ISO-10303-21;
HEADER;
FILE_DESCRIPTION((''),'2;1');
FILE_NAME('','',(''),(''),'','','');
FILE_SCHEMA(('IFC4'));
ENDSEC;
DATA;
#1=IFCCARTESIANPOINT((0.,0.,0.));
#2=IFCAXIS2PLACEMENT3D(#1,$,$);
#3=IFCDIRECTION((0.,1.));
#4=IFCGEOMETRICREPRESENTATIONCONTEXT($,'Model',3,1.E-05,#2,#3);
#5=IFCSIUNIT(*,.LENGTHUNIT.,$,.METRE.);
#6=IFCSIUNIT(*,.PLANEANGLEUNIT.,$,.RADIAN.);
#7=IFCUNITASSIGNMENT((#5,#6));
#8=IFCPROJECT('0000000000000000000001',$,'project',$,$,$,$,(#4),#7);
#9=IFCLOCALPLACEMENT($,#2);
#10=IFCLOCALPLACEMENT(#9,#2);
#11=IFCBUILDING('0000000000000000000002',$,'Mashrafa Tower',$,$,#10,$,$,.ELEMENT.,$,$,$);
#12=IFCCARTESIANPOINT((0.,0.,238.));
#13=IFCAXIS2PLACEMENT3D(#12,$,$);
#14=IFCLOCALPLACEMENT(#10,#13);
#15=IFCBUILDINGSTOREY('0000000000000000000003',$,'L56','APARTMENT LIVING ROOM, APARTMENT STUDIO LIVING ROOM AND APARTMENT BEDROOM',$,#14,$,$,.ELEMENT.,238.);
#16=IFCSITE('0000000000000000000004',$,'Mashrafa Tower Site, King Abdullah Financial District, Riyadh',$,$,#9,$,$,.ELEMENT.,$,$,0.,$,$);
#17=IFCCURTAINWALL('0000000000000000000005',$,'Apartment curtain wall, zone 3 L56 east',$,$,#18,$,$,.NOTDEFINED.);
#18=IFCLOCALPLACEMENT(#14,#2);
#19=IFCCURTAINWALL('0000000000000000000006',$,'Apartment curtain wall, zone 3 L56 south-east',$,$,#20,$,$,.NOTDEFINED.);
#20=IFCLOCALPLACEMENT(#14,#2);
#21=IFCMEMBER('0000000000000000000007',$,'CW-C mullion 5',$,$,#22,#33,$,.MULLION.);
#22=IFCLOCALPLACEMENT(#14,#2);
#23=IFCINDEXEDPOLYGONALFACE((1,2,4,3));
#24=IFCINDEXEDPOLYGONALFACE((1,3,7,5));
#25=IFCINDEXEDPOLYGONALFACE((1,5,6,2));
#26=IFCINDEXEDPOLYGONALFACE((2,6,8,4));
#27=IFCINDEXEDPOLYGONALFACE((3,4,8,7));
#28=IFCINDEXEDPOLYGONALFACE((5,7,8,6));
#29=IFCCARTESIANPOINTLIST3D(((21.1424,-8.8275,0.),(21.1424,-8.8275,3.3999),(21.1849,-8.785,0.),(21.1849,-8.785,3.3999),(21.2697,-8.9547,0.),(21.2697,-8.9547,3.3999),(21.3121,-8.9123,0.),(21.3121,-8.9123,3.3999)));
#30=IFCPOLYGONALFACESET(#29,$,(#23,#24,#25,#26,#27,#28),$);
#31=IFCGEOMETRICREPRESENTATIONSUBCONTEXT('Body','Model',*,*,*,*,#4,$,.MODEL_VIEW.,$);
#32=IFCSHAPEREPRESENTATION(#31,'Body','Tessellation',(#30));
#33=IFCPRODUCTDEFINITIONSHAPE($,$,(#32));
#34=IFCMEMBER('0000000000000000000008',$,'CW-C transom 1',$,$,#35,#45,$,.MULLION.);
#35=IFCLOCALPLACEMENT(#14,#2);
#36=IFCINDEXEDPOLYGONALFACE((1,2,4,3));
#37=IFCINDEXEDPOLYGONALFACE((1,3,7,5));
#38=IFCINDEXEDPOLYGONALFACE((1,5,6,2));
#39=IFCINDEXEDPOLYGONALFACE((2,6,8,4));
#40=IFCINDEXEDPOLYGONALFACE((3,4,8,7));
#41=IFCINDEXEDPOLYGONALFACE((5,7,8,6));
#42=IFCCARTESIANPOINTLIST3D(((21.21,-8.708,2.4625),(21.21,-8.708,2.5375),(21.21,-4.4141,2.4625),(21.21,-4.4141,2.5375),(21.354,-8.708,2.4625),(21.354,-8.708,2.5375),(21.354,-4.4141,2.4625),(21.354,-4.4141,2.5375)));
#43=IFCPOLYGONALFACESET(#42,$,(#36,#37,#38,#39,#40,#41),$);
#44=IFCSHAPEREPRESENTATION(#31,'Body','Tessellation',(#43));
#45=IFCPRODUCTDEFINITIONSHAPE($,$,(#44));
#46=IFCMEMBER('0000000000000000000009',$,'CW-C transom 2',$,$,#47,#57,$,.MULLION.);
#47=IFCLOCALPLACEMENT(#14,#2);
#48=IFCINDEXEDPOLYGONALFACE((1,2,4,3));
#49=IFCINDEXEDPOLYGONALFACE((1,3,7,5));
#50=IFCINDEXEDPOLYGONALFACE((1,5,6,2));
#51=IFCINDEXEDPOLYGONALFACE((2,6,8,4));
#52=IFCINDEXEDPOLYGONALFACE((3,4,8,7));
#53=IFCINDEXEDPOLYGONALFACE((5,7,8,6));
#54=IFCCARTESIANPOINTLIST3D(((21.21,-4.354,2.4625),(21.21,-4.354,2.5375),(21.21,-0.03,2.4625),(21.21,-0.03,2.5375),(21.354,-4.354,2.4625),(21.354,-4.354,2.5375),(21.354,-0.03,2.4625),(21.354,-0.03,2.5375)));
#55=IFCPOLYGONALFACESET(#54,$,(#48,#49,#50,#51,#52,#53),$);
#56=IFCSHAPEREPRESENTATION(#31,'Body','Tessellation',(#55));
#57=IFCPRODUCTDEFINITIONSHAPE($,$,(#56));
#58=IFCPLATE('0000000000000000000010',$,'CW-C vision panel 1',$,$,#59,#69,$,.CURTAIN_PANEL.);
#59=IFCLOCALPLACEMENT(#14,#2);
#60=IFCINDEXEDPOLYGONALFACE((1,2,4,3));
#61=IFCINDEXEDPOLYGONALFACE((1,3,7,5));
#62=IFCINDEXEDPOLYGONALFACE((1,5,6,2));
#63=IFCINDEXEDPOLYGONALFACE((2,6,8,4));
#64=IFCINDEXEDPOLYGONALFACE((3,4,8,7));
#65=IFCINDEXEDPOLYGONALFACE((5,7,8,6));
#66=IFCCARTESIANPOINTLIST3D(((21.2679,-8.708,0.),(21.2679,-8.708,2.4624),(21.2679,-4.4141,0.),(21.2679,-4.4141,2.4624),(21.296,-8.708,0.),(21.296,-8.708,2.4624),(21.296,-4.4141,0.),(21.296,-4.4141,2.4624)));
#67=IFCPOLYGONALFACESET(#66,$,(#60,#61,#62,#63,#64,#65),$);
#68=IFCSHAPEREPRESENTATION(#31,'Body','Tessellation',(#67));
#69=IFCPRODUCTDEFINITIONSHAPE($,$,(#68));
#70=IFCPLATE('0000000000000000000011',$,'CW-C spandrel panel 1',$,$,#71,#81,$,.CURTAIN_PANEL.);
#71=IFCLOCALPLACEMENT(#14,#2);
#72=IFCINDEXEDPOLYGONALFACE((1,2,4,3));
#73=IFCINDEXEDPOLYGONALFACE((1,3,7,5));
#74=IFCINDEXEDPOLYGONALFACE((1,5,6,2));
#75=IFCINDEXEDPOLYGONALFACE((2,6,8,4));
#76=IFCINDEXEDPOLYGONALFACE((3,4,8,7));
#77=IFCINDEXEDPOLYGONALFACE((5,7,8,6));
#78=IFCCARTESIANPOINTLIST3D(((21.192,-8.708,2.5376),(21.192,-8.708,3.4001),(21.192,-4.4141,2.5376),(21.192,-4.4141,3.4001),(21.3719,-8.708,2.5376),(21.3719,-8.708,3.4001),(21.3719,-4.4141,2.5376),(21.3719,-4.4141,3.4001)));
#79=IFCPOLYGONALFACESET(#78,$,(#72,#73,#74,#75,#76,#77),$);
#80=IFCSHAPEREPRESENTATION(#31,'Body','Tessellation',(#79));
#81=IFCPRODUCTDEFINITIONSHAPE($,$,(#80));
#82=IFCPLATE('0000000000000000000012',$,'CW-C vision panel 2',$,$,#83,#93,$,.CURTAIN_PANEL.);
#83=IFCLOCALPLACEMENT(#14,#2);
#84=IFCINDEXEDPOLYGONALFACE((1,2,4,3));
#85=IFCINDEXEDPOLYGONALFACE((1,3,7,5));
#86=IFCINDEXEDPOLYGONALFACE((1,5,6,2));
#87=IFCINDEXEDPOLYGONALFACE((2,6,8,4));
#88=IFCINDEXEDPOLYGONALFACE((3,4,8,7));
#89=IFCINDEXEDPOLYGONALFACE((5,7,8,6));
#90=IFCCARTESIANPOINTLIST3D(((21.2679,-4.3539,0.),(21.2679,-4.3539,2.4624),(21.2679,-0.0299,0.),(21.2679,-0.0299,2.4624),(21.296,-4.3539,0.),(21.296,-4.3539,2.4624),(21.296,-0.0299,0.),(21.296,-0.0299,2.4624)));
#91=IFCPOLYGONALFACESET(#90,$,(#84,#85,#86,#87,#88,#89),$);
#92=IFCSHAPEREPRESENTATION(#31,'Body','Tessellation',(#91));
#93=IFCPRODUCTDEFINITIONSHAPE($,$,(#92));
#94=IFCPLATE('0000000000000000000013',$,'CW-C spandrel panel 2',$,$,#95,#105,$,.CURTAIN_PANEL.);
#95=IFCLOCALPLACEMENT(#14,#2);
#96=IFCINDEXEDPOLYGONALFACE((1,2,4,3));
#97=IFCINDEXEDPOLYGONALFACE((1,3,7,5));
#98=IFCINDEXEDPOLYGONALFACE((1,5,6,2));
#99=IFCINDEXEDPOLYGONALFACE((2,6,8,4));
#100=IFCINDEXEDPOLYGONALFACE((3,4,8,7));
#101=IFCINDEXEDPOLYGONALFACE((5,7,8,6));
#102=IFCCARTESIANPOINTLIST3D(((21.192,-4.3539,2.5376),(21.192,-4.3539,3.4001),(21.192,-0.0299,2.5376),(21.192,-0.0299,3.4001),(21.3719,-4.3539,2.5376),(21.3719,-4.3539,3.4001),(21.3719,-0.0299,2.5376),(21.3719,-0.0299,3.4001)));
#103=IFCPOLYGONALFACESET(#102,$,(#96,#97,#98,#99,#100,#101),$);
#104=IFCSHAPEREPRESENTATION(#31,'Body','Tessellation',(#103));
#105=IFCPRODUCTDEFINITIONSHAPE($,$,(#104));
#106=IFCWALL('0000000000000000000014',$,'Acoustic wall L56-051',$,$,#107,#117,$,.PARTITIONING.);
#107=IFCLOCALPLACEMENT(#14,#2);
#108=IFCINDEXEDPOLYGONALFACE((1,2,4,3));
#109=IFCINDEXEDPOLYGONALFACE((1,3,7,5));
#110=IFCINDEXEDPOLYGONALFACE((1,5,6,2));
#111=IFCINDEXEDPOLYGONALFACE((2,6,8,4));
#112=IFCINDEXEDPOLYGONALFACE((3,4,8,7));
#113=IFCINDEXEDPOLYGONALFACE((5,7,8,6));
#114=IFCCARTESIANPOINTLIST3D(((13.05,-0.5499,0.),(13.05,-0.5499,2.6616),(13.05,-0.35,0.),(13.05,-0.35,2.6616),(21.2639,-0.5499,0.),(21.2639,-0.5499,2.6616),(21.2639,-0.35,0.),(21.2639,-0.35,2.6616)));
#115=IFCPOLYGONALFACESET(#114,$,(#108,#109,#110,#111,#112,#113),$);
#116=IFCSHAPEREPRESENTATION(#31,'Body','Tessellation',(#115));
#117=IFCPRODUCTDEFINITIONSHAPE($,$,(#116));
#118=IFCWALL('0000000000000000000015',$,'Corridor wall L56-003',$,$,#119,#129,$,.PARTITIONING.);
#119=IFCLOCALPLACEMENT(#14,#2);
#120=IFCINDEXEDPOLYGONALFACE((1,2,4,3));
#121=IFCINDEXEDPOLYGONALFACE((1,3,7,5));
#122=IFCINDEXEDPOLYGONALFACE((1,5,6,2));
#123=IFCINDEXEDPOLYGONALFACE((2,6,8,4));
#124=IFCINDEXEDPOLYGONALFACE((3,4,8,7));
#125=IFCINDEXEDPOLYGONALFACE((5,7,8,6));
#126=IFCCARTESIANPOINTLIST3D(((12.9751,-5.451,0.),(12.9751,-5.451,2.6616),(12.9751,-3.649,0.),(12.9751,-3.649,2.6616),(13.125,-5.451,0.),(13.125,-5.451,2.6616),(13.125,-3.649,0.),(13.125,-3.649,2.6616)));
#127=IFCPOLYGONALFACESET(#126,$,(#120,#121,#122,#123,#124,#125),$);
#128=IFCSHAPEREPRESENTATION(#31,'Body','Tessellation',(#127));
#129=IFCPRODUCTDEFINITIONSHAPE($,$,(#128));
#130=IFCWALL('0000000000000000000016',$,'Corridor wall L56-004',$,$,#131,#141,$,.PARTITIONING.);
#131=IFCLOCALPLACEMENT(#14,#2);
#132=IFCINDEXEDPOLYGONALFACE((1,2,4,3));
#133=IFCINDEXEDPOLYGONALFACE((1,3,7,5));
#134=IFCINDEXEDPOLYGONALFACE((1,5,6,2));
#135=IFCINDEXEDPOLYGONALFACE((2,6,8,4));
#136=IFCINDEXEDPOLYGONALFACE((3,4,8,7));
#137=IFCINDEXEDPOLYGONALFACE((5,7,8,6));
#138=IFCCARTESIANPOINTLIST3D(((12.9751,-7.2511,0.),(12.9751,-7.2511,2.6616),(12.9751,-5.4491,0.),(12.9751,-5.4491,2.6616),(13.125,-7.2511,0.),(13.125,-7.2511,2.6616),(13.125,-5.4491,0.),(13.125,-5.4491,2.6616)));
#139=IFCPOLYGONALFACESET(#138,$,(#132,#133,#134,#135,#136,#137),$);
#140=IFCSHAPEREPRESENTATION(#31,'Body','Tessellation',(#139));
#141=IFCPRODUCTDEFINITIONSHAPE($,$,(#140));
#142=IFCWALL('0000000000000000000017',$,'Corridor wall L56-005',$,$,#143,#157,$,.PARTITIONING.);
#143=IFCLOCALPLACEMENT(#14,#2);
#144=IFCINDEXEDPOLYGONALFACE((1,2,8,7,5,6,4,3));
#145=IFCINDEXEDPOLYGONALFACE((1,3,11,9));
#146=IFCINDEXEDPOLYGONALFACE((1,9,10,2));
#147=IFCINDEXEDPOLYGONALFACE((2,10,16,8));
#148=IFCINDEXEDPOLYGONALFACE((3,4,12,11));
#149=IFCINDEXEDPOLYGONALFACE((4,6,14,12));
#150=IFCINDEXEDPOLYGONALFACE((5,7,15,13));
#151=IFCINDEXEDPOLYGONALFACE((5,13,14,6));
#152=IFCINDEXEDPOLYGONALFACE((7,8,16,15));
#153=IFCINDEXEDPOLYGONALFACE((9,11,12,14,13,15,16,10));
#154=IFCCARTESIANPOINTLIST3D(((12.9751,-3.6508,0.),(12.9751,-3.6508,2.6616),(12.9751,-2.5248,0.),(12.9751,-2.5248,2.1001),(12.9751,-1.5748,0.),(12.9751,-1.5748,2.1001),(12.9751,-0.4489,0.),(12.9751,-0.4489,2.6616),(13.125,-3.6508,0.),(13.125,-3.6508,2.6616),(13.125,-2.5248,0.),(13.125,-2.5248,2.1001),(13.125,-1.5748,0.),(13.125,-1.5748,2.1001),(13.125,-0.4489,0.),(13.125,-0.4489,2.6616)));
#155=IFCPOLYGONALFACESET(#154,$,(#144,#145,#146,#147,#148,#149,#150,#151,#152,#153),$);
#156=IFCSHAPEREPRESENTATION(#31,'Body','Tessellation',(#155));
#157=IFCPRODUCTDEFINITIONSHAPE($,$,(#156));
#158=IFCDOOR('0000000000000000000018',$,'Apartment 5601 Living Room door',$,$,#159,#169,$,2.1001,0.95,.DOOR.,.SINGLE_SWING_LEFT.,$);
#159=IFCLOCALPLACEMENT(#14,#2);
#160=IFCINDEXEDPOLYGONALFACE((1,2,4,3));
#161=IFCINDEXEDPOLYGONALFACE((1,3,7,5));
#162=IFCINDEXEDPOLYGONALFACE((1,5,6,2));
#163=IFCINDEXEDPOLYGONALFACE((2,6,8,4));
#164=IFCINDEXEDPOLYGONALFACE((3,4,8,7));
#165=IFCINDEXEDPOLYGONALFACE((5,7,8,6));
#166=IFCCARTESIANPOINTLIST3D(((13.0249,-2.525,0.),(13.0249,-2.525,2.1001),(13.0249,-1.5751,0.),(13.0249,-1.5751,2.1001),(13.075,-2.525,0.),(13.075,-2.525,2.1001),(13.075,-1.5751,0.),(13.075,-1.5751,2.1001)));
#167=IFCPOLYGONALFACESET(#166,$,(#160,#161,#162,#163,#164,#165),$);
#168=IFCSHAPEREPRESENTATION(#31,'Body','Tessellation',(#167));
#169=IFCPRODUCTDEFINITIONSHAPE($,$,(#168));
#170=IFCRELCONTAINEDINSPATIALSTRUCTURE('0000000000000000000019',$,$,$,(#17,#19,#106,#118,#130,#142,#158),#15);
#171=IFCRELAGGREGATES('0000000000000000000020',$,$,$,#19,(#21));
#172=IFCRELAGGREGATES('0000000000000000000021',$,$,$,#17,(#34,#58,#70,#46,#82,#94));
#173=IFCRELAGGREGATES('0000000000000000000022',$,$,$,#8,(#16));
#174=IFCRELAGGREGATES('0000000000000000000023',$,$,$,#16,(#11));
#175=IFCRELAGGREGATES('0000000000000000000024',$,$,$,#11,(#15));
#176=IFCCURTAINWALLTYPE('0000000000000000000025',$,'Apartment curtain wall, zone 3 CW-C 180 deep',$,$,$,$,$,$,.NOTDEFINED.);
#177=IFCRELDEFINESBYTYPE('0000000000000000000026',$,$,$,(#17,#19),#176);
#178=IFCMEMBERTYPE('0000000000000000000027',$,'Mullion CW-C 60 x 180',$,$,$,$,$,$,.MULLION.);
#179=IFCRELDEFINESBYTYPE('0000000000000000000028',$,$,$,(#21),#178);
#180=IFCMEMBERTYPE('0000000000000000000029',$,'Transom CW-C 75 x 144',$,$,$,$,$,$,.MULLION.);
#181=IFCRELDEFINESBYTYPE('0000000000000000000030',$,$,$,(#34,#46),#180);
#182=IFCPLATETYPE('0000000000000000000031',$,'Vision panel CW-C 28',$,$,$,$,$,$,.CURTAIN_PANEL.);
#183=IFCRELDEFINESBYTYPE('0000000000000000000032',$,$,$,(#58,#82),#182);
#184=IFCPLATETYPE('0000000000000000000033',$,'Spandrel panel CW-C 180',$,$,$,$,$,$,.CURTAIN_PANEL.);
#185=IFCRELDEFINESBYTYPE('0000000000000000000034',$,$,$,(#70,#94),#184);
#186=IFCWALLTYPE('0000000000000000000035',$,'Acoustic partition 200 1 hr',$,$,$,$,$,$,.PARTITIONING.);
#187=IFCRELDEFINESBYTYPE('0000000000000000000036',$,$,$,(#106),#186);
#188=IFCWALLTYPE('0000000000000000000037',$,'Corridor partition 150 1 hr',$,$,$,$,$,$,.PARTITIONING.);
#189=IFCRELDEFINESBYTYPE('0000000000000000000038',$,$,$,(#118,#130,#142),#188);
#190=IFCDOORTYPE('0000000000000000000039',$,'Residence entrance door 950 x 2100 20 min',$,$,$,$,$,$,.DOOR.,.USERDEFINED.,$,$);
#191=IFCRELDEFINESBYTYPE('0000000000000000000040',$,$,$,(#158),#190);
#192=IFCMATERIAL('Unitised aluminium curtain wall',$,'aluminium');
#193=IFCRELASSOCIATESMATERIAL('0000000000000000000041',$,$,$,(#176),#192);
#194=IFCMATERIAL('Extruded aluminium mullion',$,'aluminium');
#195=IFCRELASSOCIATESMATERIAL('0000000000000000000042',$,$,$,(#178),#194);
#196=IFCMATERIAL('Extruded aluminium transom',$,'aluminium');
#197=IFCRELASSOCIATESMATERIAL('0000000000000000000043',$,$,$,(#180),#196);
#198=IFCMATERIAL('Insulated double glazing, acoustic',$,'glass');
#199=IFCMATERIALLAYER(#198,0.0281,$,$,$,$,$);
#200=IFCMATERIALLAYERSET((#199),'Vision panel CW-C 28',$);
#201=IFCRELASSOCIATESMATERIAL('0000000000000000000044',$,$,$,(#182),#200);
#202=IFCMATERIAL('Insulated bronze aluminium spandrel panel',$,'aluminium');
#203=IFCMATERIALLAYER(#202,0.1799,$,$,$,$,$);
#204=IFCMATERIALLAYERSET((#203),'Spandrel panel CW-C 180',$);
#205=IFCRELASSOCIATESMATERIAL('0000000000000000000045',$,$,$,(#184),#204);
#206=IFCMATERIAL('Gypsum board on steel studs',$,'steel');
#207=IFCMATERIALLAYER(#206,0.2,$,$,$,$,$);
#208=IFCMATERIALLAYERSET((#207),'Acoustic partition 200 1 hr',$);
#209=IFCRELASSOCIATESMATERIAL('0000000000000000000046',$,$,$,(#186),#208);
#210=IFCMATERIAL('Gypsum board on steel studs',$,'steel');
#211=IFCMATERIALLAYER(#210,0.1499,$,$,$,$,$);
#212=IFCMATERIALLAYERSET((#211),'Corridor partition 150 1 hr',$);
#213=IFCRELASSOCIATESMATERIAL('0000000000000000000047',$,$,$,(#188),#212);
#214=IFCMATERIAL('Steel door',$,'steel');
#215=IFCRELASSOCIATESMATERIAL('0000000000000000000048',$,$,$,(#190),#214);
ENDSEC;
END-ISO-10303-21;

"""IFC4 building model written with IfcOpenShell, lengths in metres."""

from ifc_helpers import new_model, si_unit, direction, frame, frame_2d, origin, origin_2d, place, context, subcontext, project, spatial, rectangle, extrude, source, transform, mapped, material, layer, layer_set, material_profile, profile_set, type_object, type_shapes, element, fill, aggregate, save


model = new_model("IFC4")

# Units and contexts
model_context = context("Model", 3, precision=1e-05, world=origin(), true_north=direction((0.0, 1.0)))
body_context = subcontext(model_context, "Body", "Model", "MODEL_VIEW")
ifc_project = project(units=[si_unit("LENGTHUNIT", "METRE"), si_unit("PLANEANGLEUNIT", "RADIAN")], contexts=[model_context])

# Site, building, storey
site_placement = place(None, origin())
site = spatial("IfcSite", under=ifc_project, at=site_placement, Name="Mashrafa Tower Site, King Abdullah Financial District, Riyadh", CompositionType="ELEMENT", RefElevation=0.0)
building_placement = place(site_placement, origin())
building = spatial("IfcBuilding", under=site, at=building_placement, Name="Mashrafa Tower", CompositionType="ELEMENT")
storey_placement = place(building_placement, frame((0.0, 0.0, 238.0)))
storey = spatial("IfcBuildingStorey", under=building, at=storey_placement, Name="L56", Description="APARTMENT LIVING ROOM, APARTMENT STUDIO LIVING ROOM AND APARTMENT BEDROOM", CompositionType="ELEMENT", Elevation=238.0)

# Curtain wall
ifc_material_1 = material(Name="Unitised aluminium curtain wall", Category="aluminium")
curtain_wall_type = type_object("IfcCurtainWallType", Name="Apartment curtain wall, zone 3 CW-C 180 deep", PredefinedType="NOTDEFINED", material=ifc_material_1)
curtain_wall_1_placement = place(storey_placement, origin())
curtain_wall_1 = element("IfcCurtainWall", 1, at=curtain_wall_1_placement, inside=storey, type_object=curtain_wall_type, Name="Apartment curtain wall, zone 3 L56 east", PredefinedType="NOTDEFINED")
ifc_material_2 = material(Name="Extruded aluminium mullion", Category="aluminium")
ifc_material_profile_1 = material_profile(ifc_material_2, rectangle(XDim=0.1799, YDim=0.0601, at=origin_2d()), Name="Mullion 60x180")
ifc_profile_set_1 = profile_set([ifc_material_profile_1], Name="Extruded aluminium mullion")
member_type_1 = type_object("IfcMemberType", Name="Mullion CW-C 60 x 180", PredefinedType="MULLION", material=ifc_profile_set_1)
shared_shape_1 = source(origin(), body_context, "Body", "SweptSolid", [
    extrude(rectangle(XDim=0.1799, YDim=0.0601, at=origin_2d()), origin(), (0.0, 0.0, 1.0), 3.3999),
])
type_shapes(member_type_1, [shared_shape_1])

# Curtain wall, member
curtain_wall_2_placement = place(storey_placement, origin())
curtain_wall_2 = element("IfcCurtainWall", 2, at=curtain_wall_2_placement, inside=storey, type_object=curtain_wall_type, Name="Apartment curtain wall, zone 3 L56 south-east", PredefinedType="NOTDEFINED")
member_1_placement = place(storey_placement, frame((21.2273, -8.8699, 0.0), z_axis=(0.0, 0.0, 1.0), x_axis=(-0.707107, 0.707107, 0.0)))
member_1 = element("IfcMember", 3, at=member_1_placement, type_object=member_type_1, Name="CW-C mullion 5", PredefinedType="MULLION", context=body_context, shape_type="MappedRepresentation", body=[
    mapped(shared_shape_1, transform((0.0, 0.0, 0.0))),
])
aggregate(curtain_wall_2, [member_1])

# Members
ifc_material_3 = material(Name="Extruded aluminium transom", Category="aluminium")
ifc_material_profile_2 = material_profile(ifc_material_3, rectangle(XDim=0.144, YDim=0.075, at=origin_2d()), Name="Transom 75x144")
ifc_profile_set_2 = profile_set([ifc_material_profile_2], Name="Extruded aluminium transom")
member_type_2 = type_object("IfcMemberType", Name="Transom CW-C 75 x 144", PredefinedType="MULLION", material=ifc_profile_set_2)
shared_shape_2 = source(origin(), body_context, "Body", "SweptSolid", [
    extrude(rectangle(XDim=0.144, YDim=0.075, at=origin_2d()), origin(), (0.0, 0.0, 1.0), 4.2939),
])
member_2_placement = place(storey_placement, frame((21.282, -8.708, 2.5), z_axis=(0.0, 1.0, 0.0), x_axis=(-1.0, 0.0, 0.0)))
member_2 = element("IfcMember", 4, at=member_2_placement, type_object=member_type_2, Name="CW-C transom 1", PredefinedType="MULLION", context=body_context, shape_type="MappedRepresentation", body=[
    mapped(shared_shape_2, transform((0.0, 0.0, 0.0))),
])
shared_shape_3 = source(origin(), body_context, "Body", "SweptSolid", [
    extrude(rectangle(XDim=0.144, YDim=0.075, at=origin_2d()), origin(), (0.0, 0.0, 1.0), 4.324),
])
type_shapes(member_type_2, [shared_shape_2, shared_shape_3])
member_3_placement = place(storey_placement, frame((21.282, -4.354, 2.5), z_axis=(0.0, 1.0, 0.0), x_axis=(-1.0, 0.0, 0.0)))
member_3 = element("IfcMember", 5, at=member_3_placement, type_object=member_type_2, Name="CW-C transom 2", PredefinedType="MULLION", context=body_context, shape_type="MappedRepresentation", body=[
    mapped(shared_shape_3, transform((0.0, 0.0, 0.0))),
])

# Plates
ifc_material_4 = material(Name="Insulated double glazing, acoustic", Category="glass")
ifc_layer_1 = layer(ifc_material_4, 0.0281)
ifc_layer_set_1 = layer_set([ifc_layer_1], Name="Vision panel CW-C 28")
plate_type_1 = type_object("IfcPlateType", Name="Vision panel CW-C 28", PredefinedType="CURTAIN_PANEL", material=ifc_layer_set_1)
shared_shape_4 = source(origin(), body_context, "Body", "SweptSolid", [
    extrude(rectangle(XDim=4.2939, YDim=0.0281, at=origin_2d()), origin(), (0.0, 0.0, 1.0), 2.4624),
])
plate_1_placement = place(storey_placement, frame((21.282, -6.561, 0.0), z_axis=(0.0, 0.0, 1.0), x_axis=(0.0, 1.0, 0.0)))
plate_1 = element("IfcPlate", 6, at=plate_1_placement, type_object=plate_type_1, Name="CW-C vision panel 1", PredefinedType="CURTAIN_PANEL", context=body_context, shape_type="MappedRepresentation", body=[
    mapped(shared_shape_4, transform((0.0, 0.0, 0.0))),
])
ifc_material_5 = material(Name="Insulated bronze aluminium spandrel panel", Category="aluminium")
ifc_layer_2 = layer(ifc_material_5, 0.1799)
ifc_layer_set_2 = layer_set([ifc_layer_2], Name="Spandrel panel CW-C 180")
plate_type_2 = type_object("IfcPlateType", Name="Spandrel panel CW-C 180", PredefinedType="CURTAIN_PANEL", material=ifc_layer_set_2)
shared_shape_5 = source(origin(), body_context, "Body", "SweptSolid", [
    extrude(rectangle(XDim=4.2939, YDim=0.1799, at=origin_2d()), origin(), (0.0, 0.0, 1.0), 0.8625),
])
plate_2_placement = place(storey_placement, frame((21.282, -6.561, 2.5376), z_axis=(0.0, 0.0, 1.0), x_axis=(0.0, 1.0, 0.0)))
plate_2 = element("IfcPlate", 7, at=plate_2_placement, type_object=plate_type_2, Name="CW-C spandrel panel 1", PredefinedType="CURTAIN_PANEL", context=body_context, shape_type="MappedRepresentation", body=[
    mapped(shared_shape_5, transform((0.0, 0.0, 0.0))),
])
shared_shape_6 = source(origin(), body_context, "Body", "SweptSolid", [
    extrude(rectangle(XDim=4.324, YDim=0.0281, at=origin_2d()), origin(), (0.0, 0.0, 1.0), 2.4624),
])
type_shapes(plate_type_1, [shared_shape_4, shared_shape_6])
plate_3_placement = place(storey_placement, frame((21.282, -2.1919, 0.0), z_axis=(0.0, 0.0, 1.0), x_axis=(0.0, 1.0, 0.0)))
plate_3 = element("IfcPlate", 8, at=plate_3_placement, type_object=plate_type_1, Name="CW-C vision panel 2", PredefinedType="CURTAIN_PANEL", context=body_context, shape_type="MappedRepresentation", body=[
    mapped(shared_shape_6, transform((0.0, 0.0, 0.0))),
])
shared_shape_7 = source(origin(), body_context, "Body", "SweptSolid", [
    extrude(rectangle(XDim=4.324, YDim=0.1799, at=origin_2d()), origin(), (0.0, 0.0, 1.0), 0.8625),
])
type_shapes(plate_type_2, [shared_shape_5, shared_shape_7])
plate_4_placement = place(storey_placement, frame((21.282, -2.1919, 2.5376), z_axis=(0.0, 0.0, 1.0), x_axis=(0.0, 1.0, 0.0)))
plate_4 = element("IfcPlate", 9, at=plate_4_placement, type_object=plate_type_2, Name="CW-C spandrel panel 2", PredefinedType="CURTAIN_PANEL", context=body_context, shape_type="MappedRepresentation", body=[
    mapped(shared_shape_7, transform((0.0, 0.0, 0.0))),
])
aggregate(curtain_wall_1, [member_2, plate_1, plate_2, member_3, plate_3, plate_4])

# Walls
ifc_material_6 = material(Name="Gypsum board on steel studs", Category="steel")
ifc_layer_3 = layer(ifc_material_6, 0.2)
ifc_layer_set_3 = layer_set([ifc_layer_3], Name="Acoustic partition 200 1 hr")
wall_type_1 = type_object("IfcWallType", Name="Acoustic partition 200 1 hr", PredefinedType="PARTITIONING", material=ifc_layer_set_3)
wall_1_placement = place(storey_placement, frame((21.2639, -0.45, 0.0), z_axis=(0.0, 0.0, 1.0), x_axis=(-1.0, 0.0, 0.0)))
element("IfcWall", 10, at=wall_1_placement, inside=storey, type_object=wall_type_1, Name="Acoustic wall L56-051", PredefinedType="PARTITIONING", context=body_context, shape_type="SweptSolid", body=[
    extrude(rectangle(XDim=8.2139, YDim=0.2, at=frame_2d((4.1069, 0.0))), origin(), (0.0, 0.0, 1.0), 2.6616),
])
ifc_material_7 = material(Name="Gypsum board on steel studs", Category="steel")
ifc_layer_4 = layer(ifc_material_7, 0.1499)
ifc_layer_set_4 = layer_set([ifc_layer_4], Name="Corridor partition 150 1 hr")
wall_type_2 = type_object("IfcWallType", Name="Corridor partition 150 1 hr", PredefinedType="PARTITIONING", material=ifc_layer_set_4)
for number, where, z_axis, x_axis, name in (
    (11, (13.05, -5.4509, 0.0), (0.0, 0.0, 1.0), (0.0, 1.0, 0.0), "Corridor wall L56-003"),
    (12, (13.05, -7.251, 0.0), (0.0, 0.0, 1.0), (0.0, 1.0, 0.0), "Corridor wall L56-004"),
):
    element("IfcWall", number, at=place(storey_placement, frame(where, z_axis=z_axis, x_axis=x_axis)), inside=storey, type_object=wall_type_2, Name=name, PredefinedType="PARTITIONING", context=body_context, shape_type="SweptSolid", body=[
        extrude(rectangle(XDim=1.802, YDim=0.1499, at=frame_2d((0.9009, 0.0))), origin(), (0.0, 0.0, 1.0), 2.6616),
    ])

# Wall, opening, door
wall_2_placement = place(storey_placement, frame((13.05, -3.6509, 0.0), z_axis=(0.0, 0.0, 1.0), x_axis=(0.0, 1.0, 0.0)))
wall_2 = element("IfcWall", 13, at=wall_2_placement, inside=storey, type_object=wall_type_2, Name="Corridor wall L56-005", PredefinedType="PARTITIONING", context=body_context, shape_type="SweptSolid", body=[
    extrude(rectangle(XDim=3.2019, YDim=0.1499, at=frame_2d((1.6011, 0.0))), origin(), (0.0, 0.0, 1.0), 2.6616),
])
opening_1_placement = place(wall_2_placement, frame((1.126, 0.0, 0.0)))
opening_1 = element("IfcOpeningElement", 14, at=opening_1_placement, cuts=wall_2, PredefinedType="OPENING", context=body_context, shape_type="SweptSolid", body=[
    extrude(rectangle(XDim=0.95, YDim=2.1001, at=frame_2d((0.4751, 1.05))), frame((0.0, 0.085, 0.0), z_axis=(0.0, -1.0, 0.0), x_axis=(1.0, 0.0, 0.0)), (0.0, 0.0, 1.0), 0.1699),
])
ifc_material_8 = material(Name="Steel door", Category="steel")
door_type_1 = type_object("IfcDoorType", Name="Residence entrance door 950 x 2100 20 min", OperationType="USERDEFINED", PredefinedType="DOOR", material=ifc_material_8)
door_1_placement = place(opening_1_placement, frame((0.95, 0.0, 0.0), z_axis=(0.0, 0.0, 1.0), x_axis=(-1.0, 0.0, 0.0)))
door_1 = element("IfcDoor", 15, at=door_1_placement, inside=storey, type_object=door_type_1, Name="Apartment 5601 Living Room door", OperationType="SINGLE_SWING_LEFT", OverallHeight=2.1001, OverallWidth=0.95, PredefinedType="DOOR", context=body_context, shape_type="SweptSolid", body=[
    extrude(rectangle(XDim=0.95, YDim=2.1001, at=frame_2d((0.4751, 1.05))), frame((0.0, 0.0249, 0.0), z_axis=(0.0, -1.0, 0.0), x_axis=(1.0, 0.0, 0.0)), (0.0, 0.0, 1.0), 0.05),
])
fill(opening_1, door_1)

save(model, "model.ifc")
